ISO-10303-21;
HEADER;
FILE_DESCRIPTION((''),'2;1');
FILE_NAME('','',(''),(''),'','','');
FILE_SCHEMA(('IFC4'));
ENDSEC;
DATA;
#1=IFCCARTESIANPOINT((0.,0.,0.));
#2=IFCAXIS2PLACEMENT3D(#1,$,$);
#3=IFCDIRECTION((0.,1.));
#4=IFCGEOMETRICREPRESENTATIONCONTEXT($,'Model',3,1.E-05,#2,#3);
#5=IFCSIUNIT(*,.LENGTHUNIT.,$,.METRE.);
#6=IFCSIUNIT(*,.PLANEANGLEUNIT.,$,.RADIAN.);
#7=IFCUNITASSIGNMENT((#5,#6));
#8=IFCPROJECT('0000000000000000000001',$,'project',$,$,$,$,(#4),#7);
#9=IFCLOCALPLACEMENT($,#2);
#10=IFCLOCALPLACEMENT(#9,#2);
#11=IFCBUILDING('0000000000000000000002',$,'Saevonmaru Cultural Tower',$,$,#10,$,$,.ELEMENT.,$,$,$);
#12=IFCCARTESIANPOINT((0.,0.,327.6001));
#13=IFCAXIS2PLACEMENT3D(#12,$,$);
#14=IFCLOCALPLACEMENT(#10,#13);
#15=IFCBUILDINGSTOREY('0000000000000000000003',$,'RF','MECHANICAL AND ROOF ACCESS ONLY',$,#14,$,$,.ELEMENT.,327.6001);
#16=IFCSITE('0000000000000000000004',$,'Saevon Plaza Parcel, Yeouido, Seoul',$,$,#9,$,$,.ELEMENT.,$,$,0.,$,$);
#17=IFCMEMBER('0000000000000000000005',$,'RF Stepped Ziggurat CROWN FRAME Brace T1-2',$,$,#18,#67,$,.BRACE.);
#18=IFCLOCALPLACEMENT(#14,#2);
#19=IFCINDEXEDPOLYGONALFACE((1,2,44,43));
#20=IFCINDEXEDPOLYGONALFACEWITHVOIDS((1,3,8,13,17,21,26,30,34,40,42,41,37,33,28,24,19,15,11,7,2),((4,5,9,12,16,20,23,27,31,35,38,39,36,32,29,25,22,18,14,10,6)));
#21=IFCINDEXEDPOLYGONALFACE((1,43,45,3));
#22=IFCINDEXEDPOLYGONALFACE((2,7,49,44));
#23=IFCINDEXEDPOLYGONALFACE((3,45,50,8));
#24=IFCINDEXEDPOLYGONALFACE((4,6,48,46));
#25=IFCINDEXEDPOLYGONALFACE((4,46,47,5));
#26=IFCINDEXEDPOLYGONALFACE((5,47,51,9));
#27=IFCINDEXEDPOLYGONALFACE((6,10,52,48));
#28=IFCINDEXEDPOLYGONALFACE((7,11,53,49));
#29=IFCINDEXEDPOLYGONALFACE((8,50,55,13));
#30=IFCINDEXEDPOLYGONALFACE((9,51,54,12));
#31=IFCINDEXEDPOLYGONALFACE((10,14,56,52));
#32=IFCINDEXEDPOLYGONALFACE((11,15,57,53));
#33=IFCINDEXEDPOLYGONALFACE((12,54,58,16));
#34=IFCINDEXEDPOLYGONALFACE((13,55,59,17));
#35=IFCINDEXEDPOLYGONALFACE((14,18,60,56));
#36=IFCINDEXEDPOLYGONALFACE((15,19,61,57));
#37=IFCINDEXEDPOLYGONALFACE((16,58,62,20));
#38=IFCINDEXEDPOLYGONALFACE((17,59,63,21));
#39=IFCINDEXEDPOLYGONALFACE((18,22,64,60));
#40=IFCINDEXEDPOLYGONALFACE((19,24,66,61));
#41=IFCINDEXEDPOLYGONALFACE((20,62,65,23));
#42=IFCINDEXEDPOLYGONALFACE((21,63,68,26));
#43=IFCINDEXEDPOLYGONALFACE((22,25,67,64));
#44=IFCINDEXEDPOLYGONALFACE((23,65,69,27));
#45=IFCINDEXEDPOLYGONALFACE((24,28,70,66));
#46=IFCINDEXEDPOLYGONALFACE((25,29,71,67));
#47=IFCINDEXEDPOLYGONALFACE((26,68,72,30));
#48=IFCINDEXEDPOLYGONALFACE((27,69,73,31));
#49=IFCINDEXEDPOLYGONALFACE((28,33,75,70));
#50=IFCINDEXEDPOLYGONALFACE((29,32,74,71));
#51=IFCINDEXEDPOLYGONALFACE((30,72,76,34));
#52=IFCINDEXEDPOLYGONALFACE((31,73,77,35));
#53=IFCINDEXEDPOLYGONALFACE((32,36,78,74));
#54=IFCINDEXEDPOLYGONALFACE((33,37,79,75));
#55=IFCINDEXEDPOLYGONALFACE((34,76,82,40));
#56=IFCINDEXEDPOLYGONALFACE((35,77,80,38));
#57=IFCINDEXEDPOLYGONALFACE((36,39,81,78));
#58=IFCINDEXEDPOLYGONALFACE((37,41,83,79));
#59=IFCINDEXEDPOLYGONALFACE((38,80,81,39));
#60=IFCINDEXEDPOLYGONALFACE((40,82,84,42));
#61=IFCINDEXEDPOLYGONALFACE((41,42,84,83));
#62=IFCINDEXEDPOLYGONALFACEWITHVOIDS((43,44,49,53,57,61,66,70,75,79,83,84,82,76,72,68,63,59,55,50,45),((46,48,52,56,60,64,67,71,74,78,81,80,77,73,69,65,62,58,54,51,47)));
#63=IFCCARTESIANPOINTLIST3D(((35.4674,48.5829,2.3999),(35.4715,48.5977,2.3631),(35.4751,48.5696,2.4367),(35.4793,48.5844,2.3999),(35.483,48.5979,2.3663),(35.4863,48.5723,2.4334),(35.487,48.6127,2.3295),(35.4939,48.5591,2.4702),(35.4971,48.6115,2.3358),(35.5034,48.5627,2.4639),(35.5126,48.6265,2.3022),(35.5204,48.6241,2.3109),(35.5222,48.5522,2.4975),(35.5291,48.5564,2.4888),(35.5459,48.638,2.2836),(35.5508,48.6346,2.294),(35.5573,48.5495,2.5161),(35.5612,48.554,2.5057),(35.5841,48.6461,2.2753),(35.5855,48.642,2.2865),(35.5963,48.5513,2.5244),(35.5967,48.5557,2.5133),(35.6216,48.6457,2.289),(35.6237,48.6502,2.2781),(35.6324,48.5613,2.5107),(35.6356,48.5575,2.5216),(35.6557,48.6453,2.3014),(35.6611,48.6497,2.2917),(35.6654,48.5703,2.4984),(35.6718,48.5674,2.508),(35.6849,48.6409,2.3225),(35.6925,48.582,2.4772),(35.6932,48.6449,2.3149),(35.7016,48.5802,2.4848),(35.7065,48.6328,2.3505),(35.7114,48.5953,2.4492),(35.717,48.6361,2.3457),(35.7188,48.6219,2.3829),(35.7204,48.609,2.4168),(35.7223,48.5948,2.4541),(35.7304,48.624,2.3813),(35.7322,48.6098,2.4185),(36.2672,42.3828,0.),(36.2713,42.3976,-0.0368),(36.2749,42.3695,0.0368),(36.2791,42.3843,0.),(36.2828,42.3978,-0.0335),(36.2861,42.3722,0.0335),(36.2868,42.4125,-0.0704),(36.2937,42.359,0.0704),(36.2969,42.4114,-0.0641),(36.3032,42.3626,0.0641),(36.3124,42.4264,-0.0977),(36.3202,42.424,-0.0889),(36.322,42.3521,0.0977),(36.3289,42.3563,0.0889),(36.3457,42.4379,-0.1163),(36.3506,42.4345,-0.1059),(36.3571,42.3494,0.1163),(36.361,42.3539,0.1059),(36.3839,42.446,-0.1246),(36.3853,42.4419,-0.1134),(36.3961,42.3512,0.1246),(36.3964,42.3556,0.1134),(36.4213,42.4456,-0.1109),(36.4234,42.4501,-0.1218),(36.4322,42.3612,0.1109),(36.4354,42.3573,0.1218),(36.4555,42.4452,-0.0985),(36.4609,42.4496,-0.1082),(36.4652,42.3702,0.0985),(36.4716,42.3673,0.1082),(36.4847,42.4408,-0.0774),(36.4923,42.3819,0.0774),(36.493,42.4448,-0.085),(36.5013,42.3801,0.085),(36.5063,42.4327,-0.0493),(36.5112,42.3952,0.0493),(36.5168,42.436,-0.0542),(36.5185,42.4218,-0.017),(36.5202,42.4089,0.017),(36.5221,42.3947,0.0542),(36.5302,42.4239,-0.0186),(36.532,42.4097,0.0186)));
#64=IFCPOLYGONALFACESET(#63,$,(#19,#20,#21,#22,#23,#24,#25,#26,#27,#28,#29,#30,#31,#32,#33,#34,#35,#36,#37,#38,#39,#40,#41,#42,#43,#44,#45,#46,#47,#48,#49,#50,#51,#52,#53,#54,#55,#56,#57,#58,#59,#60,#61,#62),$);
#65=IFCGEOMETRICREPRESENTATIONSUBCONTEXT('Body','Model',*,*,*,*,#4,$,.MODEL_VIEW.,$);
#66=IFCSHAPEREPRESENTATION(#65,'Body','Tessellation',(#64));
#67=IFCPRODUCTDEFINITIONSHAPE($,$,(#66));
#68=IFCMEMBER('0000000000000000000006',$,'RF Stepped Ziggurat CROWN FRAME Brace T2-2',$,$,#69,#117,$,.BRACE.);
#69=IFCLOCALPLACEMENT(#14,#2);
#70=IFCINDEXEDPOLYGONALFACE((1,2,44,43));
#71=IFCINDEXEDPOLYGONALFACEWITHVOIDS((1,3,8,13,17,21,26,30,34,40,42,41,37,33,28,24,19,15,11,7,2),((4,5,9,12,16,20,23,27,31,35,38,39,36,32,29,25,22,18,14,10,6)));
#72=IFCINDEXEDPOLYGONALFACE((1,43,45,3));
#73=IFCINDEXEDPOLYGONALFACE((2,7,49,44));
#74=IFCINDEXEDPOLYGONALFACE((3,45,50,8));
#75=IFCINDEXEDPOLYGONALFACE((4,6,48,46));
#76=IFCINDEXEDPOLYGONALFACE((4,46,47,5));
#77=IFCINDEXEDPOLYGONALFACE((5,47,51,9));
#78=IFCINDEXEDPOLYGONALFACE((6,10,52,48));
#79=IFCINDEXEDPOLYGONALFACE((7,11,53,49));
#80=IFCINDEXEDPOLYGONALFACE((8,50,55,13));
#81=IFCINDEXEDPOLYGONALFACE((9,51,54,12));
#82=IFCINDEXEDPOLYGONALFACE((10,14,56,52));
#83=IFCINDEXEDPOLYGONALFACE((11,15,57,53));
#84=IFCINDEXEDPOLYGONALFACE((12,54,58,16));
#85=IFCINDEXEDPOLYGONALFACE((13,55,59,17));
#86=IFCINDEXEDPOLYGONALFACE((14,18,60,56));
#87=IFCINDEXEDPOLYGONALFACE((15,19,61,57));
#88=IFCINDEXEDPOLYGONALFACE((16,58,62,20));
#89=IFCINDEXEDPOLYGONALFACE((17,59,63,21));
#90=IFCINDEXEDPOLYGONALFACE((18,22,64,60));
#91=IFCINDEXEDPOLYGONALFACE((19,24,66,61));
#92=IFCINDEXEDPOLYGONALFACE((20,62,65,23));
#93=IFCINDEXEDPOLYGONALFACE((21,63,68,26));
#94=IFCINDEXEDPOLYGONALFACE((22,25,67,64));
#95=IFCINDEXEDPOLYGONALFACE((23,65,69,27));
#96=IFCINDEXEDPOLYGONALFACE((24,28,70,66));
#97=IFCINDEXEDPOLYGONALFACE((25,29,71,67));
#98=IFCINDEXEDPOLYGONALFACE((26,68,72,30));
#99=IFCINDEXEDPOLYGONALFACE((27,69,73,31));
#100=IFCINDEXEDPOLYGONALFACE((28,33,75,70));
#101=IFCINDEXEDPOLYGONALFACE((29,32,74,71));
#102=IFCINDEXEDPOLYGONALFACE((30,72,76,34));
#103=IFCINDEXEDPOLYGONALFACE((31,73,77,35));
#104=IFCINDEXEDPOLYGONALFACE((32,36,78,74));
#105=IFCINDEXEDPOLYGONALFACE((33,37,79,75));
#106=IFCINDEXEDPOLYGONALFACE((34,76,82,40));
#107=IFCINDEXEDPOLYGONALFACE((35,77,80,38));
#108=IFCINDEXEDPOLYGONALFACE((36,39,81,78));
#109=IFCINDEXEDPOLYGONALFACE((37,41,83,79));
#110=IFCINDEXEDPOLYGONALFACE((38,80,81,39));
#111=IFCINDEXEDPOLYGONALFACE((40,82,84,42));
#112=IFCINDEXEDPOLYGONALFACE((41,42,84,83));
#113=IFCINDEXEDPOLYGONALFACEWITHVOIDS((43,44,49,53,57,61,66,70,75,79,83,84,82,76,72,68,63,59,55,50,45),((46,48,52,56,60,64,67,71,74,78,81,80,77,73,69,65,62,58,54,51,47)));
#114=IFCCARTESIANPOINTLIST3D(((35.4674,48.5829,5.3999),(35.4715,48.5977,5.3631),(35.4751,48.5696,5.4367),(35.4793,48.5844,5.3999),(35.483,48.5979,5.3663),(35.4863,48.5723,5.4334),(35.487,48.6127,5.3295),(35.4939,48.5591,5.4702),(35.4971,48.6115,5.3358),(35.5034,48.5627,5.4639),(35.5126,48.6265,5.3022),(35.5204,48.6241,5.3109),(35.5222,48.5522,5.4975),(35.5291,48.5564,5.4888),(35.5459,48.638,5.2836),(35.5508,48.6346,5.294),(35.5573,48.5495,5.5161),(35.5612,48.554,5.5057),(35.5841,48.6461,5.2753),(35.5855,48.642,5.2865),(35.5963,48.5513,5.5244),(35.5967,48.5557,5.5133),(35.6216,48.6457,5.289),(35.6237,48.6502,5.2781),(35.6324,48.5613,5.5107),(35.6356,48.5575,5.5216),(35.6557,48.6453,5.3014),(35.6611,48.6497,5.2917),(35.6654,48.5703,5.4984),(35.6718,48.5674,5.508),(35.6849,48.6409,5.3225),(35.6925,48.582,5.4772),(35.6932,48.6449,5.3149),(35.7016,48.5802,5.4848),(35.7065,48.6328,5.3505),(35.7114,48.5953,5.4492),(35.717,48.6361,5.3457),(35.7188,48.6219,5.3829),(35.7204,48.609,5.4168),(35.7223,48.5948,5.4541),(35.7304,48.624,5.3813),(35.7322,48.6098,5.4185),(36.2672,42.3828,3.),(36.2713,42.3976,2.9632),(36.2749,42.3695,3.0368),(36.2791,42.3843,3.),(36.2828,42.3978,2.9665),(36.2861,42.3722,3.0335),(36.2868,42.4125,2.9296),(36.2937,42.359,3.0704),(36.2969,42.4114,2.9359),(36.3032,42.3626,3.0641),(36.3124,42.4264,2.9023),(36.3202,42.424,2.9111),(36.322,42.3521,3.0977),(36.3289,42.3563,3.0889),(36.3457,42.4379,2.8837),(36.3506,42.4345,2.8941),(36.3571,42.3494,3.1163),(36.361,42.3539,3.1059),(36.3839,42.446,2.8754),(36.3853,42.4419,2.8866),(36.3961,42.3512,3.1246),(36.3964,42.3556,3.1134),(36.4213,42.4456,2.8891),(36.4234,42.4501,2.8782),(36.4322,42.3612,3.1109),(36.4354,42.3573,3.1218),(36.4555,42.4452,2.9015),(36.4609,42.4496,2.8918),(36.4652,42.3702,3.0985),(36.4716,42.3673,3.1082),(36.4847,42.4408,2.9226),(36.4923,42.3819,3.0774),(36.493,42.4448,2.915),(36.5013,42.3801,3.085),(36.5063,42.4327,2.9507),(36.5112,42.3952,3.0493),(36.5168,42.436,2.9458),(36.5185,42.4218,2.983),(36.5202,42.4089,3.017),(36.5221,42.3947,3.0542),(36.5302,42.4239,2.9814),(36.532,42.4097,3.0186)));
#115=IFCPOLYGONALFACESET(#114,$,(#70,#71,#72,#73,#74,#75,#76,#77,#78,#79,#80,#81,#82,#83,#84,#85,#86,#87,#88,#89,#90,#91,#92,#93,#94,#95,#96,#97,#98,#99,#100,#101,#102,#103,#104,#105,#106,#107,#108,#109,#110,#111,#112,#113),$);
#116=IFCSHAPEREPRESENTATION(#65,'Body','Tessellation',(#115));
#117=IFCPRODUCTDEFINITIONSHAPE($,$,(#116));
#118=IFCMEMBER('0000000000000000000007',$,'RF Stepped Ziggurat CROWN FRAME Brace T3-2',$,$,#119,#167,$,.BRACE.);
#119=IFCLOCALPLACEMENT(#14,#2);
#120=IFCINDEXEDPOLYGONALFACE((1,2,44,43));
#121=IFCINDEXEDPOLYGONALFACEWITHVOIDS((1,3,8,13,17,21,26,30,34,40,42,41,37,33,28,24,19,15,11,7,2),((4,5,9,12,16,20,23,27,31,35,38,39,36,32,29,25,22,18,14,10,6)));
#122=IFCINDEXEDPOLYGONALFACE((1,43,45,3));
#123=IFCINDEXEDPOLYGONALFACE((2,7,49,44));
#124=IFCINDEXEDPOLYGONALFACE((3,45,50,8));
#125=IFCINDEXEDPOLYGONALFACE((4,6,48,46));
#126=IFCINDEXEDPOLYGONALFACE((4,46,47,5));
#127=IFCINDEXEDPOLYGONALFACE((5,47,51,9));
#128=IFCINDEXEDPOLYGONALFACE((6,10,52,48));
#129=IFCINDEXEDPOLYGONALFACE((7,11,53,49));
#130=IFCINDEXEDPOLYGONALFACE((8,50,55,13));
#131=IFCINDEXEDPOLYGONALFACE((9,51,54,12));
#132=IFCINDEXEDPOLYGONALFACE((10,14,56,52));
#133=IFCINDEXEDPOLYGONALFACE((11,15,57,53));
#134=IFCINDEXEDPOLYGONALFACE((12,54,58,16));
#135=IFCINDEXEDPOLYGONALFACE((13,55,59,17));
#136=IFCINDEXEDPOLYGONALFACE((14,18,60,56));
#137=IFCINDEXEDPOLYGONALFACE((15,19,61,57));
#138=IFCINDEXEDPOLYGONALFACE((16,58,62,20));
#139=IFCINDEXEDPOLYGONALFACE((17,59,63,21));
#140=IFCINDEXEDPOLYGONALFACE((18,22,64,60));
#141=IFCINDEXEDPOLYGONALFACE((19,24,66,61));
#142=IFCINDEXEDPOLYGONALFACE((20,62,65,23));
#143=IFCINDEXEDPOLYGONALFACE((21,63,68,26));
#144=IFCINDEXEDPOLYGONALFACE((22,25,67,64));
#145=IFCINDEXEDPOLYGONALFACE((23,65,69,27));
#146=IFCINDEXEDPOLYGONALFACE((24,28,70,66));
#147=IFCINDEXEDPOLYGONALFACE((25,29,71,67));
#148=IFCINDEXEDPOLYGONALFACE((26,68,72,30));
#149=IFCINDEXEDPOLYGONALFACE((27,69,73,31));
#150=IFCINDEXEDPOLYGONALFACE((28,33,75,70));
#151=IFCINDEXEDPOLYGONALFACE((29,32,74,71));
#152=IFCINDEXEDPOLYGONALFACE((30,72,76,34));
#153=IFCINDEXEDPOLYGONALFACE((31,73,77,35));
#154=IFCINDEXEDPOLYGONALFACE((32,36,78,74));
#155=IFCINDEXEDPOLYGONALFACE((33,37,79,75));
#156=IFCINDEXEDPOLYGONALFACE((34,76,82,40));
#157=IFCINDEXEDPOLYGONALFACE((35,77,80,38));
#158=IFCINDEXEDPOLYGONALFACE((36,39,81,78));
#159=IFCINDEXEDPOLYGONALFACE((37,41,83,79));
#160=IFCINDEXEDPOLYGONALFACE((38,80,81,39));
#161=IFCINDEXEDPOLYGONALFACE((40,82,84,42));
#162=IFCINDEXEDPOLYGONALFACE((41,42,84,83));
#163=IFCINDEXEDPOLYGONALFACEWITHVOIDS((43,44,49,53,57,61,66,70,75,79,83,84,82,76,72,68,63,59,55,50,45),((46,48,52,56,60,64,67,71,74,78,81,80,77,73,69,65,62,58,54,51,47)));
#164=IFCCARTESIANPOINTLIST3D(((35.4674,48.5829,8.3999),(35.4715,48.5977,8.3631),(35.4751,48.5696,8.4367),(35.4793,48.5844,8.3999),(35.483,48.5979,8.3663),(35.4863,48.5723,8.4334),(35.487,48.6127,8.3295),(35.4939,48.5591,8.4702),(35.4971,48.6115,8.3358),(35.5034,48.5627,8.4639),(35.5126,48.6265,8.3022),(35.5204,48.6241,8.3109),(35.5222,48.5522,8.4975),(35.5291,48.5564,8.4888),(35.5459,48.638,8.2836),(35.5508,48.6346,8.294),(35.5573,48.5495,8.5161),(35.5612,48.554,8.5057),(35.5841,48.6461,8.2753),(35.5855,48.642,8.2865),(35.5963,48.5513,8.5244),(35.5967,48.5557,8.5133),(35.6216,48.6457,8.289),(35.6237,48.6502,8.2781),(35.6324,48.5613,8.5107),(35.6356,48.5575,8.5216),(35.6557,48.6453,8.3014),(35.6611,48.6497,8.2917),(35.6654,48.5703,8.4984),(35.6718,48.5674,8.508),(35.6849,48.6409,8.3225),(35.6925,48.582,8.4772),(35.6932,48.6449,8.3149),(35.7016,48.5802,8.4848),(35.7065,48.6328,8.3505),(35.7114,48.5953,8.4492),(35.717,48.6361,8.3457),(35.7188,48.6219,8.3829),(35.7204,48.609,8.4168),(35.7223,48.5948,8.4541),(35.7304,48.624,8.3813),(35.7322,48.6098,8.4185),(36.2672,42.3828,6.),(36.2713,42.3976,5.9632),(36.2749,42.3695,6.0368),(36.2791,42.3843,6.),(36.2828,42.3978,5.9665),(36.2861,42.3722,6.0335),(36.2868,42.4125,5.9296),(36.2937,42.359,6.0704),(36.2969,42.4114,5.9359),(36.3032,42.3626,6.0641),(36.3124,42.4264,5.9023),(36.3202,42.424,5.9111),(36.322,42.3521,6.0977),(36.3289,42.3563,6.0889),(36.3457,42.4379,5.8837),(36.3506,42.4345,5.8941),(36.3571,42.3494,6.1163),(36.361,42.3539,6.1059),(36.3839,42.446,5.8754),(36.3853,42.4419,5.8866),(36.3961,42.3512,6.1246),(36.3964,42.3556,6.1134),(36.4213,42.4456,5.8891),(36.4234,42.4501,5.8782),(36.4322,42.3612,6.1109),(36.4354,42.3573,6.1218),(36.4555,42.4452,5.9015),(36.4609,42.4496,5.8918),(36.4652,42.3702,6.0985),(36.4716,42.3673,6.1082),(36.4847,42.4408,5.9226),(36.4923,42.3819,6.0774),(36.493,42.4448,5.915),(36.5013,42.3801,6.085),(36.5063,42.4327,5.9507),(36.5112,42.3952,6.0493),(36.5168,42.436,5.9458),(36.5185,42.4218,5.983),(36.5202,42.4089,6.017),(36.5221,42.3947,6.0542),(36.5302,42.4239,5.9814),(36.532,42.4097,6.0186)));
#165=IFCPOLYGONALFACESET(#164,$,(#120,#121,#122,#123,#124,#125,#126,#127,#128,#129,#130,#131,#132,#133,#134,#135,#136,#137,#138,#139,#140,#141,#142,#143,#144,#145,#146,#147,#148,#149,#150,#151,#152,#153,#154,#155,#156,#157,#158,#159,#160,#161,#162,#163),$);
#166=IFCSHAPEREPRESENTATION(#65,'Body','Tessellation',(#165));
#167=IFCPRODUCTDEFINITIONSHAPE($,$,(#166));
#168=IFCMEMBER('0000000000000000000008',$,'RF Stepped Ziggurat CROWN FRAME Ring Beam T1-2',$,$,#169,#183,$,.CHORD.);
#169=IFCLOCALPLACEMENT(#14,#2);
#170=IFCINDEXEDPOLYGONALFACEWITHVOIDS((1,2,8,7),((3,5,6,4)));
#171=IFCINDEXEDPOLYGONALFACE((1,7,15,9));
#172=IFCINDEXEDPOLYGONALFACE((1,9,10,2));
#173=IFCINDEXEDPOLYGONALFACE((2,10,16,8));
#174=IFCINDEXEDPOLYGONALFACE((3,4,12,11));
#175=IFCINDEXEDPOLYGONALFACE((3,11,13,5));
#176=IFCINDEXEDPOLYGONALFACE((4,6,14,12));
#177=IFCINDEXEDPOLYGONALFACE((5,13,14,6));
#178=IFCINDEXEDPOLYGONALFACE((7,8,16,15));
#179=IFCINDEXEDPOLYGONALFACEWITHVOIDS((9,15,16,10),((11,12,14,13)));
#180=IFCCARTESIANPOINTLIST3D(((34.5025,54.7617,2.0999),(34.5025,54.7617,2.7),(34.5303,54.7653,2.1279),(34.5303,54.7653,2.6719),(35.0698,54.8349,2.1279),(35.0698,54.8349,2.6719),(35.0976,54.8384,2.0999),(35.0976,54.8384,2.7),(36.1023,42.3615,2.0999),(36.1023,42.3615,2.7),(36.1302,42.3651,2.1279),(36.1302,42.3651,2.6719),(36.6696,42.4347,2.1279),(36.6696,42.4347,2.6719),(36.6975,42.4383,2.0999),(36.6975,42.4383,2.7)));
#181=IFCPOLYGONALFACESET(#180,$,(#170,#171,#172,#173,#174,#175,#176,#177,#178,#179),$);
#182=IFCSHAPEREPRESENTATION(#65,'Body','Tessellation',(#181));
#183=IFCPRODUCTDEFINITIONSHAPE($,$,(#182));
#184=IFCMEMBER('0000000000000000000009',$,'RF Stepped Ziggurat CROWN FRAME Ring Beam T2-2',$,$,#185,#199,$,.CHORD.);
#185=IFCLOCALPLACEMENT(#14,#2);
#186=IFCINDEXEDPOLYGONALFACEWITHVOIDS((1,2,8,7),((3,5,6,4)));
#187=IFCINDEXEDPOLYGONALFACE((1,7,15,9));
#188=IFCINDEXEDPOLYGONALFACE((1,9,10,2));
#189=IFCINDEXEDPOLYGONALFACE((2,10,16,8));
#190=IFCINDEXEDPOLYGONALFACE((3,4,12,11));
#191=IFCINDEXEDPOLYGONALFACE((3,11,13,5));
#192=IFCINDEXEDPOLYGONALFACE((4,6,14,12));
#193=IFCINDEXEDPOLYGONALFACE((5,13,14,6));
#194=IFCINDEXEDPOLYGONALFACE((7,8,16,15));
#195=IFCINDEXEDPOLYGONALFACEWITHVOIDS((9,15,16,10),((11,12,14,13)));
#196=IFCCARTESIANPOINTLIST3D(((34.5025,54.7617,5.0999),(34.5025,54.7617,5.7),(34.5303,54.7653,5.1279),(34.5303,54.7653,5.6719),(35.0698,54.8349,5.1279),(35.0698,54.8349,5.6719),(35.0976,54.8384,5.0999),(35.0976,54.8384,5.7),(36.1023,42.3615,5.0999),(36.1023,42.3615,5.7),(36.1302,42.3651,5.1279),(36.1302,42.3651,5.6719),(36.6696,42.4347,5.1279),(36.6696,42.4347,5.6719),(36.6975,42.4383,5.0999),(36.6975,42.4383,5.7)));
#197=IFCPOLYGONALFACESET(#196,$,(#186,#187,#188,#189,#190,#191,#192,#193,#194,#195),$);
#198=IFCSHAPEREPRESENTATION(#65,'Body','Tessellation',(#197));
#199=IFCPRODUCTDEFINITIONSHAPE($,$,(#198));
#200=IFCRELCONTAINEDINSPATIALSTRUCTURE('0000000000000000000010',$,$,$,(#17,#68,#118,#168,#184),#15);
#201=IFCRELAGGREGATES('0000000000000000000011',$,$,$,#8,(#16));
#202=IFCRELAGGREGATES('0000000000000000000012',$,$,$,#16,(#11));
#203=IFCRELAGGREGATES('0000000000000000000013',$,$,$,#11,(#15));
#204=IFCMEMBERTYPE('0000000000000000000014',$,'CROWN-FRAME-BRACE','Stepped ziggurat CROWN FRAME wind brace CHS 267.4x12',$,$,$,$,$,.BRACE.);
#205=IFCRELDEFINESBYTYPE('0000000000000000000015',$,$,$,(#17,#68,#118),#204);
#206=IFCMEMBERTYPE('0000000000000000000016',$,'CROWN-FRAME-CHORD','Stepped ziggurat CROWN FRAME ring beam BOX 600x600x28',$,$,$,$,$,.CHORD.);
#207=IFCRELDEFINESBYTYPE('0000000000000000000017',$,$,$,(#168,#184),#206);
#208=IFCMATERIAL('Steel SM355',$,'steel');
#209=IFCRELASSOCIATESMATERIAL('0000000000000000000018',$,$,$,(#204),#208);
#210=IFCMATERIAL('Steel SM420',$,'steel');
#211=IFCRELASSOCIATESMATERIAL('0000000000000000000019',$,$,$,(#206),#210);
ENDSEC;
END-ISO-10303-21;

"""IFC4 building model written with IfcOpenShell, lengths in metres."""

from ifc_helpers import new_model, si_unit, direction, frame, origin, origin_2d, place, context, subcontext, project, spatial, hollow_rectangle, hollow_circle, extrude, material, material_profile, profile_set, type_object, element, save


model = new_model("IFC4")

# Units and contexts
model_context = context("Model", 3, precision=1e-05, world=origin(), true_north=direction((0.0, 1.0)))
body_context = subcontext(model_context, "Body", "Model", "MODEL_VIEW")
ifc_project = project(units=[si_unit("LENGTHUNIT", "METRE"), si_unit("PLANEANGLEUNIT", "RADIAN")], contexts=[model_context])

# Site, building, storey
site_placement = place(None, origin())
site = spatial("IfcSite", under=ifc_project, at=site_placement, Name="Saevon Plaza Parcel, Yeouido, Seoul", CompositionType="ELEMENT", RefElevation=0.0)
building_placement = place(site_placement, origin())
building = spatial("IfcBuilding", under=site, at=building_placement, Name="Saevonmaru Cultural Tower", CompositionType="ELEMENT")
storey_placement = place(building_placement, frame((0.0, 0.0, 327.6001)))
storey = spatial("IfcBuildingStorey", under=building, at=storey_placement, Name="RF", Description="MECHANICAL AND ROOF ACCESS ONLY", CompositionType="ELEMENT", Elevation=327.6001)

# Members
ifc_material_1 = material(Name="Steel SM355", Category="steel")
ifc_material_profile_1 = material_profile(ifc_material_1, hollow_circle(Radius=0.1338, WallThickness=0.012, at=origin_2d()), Name="CHS-267.4x12")
ifc_profile_set_1 = profile_set([ifc_material_profile_1], Name="Steel SM355")
member_type_1 = type_object("IfcMemberType", Name="CROWN-FRAME-BRACE", Description="Stepped ziggurat CROWN FRAME wind brace CHS 267.4x12", PredefinedType="BRACE", material=ifc_profile_set_1)
for number, where, z_axis, x_axis, name in (
    (1, (36.3999, 42.3999, 0.0), (-0.119438, 0.925901, 0.358387), (-0.991782, -0.127937, 0.0), "RF Stepped Ziggurat CROWN FRAME Brace T1-2"),
    (2, (36.3999, 42.3999, 3.0), (-0.119438, 0.925901, 0.358387), (-0.991782, -0.127937, 0.0), "RF Stepped Ziggurat CROWN FRAME Brace T2-2"),
    (3, (36.3999, 42.3999, 6.0), (-0.119438, 0.925901, 0.358387), (-0.991782, -0.127937, 0.0), "RF Stepped Ziggurat CROWN FRAME Brace T3-2"),
):
    element("IfcMember", number, at=place(storey_placement, frame(where, z_axis=z_axis, x_axis=x_axis)), inside=storey, type_object=member_type_1, Name=name, PredefinedType="BRACE", context=body_context, shape_type="SweptSolid", body=[
        extrude(hollow_circle(Radius=0.1338, WallThickness=0.012, at=origin_2d()), origin(), (0.0, 0.0, 1.0), 6.6963),
    ])
ifc_material_2 = material(Name="Steel SM420", Category="steel")
ifc_material_profile_2 = material_profile(ifc_material_2, hollow_rectangle(XDim=0.6001, YDim=0.6001, WallThickness=0.0281, at=origin_2d()), Name="BOX-600x600x28")
ifc_profile_set_2 = profile_set([ifc_material_profile_2], Name="Steel SM420")
member_type_2 = type_object("IfcMemberType", Name="CROWN-FRAME-CHORD", Description="Stepped ziggurat CROWN FRAME ring beam BOX 600x600x28", PredefinedType="CHORD", material=ifc_profile_set_2)
for number, where, z_axis, x_axis, name in (
    (4, (36.3999, 42.3999, 2.3999), (-0.127958, 0.99178, 0.0), (-0.99178, -0.127958, 0.0), "RF Stepped Ziggurat CROWN FRAME Ring Beam T1-2"),
    (5, (36.3999, 42.3999, 5.3999), (-0.127958, 0.99178, 0.0), (-0.99178, -0.127958, 0.0), "RF Stepped Ziggurat CROWN FRAME Ring Beam T2-2"),
):
    element("IfcMember", number, at=place(storey_placement, frame(where, z_axis=z_axis, x_axis=x_axis)), inside=storey, type_object=member_type_2, Name=name, PredefinedType="CHORD", context=body_context, shape_type="SweptSolid", body=[
        extrude(hollow_rectangle(XDim=0.6001, YDim=0.6001, WallThickness=0.0281, at=origin_2d()), origin(), (0.0, 0.0, 1.0), 12.5029),
    ])

save(model, "model.ifc")
